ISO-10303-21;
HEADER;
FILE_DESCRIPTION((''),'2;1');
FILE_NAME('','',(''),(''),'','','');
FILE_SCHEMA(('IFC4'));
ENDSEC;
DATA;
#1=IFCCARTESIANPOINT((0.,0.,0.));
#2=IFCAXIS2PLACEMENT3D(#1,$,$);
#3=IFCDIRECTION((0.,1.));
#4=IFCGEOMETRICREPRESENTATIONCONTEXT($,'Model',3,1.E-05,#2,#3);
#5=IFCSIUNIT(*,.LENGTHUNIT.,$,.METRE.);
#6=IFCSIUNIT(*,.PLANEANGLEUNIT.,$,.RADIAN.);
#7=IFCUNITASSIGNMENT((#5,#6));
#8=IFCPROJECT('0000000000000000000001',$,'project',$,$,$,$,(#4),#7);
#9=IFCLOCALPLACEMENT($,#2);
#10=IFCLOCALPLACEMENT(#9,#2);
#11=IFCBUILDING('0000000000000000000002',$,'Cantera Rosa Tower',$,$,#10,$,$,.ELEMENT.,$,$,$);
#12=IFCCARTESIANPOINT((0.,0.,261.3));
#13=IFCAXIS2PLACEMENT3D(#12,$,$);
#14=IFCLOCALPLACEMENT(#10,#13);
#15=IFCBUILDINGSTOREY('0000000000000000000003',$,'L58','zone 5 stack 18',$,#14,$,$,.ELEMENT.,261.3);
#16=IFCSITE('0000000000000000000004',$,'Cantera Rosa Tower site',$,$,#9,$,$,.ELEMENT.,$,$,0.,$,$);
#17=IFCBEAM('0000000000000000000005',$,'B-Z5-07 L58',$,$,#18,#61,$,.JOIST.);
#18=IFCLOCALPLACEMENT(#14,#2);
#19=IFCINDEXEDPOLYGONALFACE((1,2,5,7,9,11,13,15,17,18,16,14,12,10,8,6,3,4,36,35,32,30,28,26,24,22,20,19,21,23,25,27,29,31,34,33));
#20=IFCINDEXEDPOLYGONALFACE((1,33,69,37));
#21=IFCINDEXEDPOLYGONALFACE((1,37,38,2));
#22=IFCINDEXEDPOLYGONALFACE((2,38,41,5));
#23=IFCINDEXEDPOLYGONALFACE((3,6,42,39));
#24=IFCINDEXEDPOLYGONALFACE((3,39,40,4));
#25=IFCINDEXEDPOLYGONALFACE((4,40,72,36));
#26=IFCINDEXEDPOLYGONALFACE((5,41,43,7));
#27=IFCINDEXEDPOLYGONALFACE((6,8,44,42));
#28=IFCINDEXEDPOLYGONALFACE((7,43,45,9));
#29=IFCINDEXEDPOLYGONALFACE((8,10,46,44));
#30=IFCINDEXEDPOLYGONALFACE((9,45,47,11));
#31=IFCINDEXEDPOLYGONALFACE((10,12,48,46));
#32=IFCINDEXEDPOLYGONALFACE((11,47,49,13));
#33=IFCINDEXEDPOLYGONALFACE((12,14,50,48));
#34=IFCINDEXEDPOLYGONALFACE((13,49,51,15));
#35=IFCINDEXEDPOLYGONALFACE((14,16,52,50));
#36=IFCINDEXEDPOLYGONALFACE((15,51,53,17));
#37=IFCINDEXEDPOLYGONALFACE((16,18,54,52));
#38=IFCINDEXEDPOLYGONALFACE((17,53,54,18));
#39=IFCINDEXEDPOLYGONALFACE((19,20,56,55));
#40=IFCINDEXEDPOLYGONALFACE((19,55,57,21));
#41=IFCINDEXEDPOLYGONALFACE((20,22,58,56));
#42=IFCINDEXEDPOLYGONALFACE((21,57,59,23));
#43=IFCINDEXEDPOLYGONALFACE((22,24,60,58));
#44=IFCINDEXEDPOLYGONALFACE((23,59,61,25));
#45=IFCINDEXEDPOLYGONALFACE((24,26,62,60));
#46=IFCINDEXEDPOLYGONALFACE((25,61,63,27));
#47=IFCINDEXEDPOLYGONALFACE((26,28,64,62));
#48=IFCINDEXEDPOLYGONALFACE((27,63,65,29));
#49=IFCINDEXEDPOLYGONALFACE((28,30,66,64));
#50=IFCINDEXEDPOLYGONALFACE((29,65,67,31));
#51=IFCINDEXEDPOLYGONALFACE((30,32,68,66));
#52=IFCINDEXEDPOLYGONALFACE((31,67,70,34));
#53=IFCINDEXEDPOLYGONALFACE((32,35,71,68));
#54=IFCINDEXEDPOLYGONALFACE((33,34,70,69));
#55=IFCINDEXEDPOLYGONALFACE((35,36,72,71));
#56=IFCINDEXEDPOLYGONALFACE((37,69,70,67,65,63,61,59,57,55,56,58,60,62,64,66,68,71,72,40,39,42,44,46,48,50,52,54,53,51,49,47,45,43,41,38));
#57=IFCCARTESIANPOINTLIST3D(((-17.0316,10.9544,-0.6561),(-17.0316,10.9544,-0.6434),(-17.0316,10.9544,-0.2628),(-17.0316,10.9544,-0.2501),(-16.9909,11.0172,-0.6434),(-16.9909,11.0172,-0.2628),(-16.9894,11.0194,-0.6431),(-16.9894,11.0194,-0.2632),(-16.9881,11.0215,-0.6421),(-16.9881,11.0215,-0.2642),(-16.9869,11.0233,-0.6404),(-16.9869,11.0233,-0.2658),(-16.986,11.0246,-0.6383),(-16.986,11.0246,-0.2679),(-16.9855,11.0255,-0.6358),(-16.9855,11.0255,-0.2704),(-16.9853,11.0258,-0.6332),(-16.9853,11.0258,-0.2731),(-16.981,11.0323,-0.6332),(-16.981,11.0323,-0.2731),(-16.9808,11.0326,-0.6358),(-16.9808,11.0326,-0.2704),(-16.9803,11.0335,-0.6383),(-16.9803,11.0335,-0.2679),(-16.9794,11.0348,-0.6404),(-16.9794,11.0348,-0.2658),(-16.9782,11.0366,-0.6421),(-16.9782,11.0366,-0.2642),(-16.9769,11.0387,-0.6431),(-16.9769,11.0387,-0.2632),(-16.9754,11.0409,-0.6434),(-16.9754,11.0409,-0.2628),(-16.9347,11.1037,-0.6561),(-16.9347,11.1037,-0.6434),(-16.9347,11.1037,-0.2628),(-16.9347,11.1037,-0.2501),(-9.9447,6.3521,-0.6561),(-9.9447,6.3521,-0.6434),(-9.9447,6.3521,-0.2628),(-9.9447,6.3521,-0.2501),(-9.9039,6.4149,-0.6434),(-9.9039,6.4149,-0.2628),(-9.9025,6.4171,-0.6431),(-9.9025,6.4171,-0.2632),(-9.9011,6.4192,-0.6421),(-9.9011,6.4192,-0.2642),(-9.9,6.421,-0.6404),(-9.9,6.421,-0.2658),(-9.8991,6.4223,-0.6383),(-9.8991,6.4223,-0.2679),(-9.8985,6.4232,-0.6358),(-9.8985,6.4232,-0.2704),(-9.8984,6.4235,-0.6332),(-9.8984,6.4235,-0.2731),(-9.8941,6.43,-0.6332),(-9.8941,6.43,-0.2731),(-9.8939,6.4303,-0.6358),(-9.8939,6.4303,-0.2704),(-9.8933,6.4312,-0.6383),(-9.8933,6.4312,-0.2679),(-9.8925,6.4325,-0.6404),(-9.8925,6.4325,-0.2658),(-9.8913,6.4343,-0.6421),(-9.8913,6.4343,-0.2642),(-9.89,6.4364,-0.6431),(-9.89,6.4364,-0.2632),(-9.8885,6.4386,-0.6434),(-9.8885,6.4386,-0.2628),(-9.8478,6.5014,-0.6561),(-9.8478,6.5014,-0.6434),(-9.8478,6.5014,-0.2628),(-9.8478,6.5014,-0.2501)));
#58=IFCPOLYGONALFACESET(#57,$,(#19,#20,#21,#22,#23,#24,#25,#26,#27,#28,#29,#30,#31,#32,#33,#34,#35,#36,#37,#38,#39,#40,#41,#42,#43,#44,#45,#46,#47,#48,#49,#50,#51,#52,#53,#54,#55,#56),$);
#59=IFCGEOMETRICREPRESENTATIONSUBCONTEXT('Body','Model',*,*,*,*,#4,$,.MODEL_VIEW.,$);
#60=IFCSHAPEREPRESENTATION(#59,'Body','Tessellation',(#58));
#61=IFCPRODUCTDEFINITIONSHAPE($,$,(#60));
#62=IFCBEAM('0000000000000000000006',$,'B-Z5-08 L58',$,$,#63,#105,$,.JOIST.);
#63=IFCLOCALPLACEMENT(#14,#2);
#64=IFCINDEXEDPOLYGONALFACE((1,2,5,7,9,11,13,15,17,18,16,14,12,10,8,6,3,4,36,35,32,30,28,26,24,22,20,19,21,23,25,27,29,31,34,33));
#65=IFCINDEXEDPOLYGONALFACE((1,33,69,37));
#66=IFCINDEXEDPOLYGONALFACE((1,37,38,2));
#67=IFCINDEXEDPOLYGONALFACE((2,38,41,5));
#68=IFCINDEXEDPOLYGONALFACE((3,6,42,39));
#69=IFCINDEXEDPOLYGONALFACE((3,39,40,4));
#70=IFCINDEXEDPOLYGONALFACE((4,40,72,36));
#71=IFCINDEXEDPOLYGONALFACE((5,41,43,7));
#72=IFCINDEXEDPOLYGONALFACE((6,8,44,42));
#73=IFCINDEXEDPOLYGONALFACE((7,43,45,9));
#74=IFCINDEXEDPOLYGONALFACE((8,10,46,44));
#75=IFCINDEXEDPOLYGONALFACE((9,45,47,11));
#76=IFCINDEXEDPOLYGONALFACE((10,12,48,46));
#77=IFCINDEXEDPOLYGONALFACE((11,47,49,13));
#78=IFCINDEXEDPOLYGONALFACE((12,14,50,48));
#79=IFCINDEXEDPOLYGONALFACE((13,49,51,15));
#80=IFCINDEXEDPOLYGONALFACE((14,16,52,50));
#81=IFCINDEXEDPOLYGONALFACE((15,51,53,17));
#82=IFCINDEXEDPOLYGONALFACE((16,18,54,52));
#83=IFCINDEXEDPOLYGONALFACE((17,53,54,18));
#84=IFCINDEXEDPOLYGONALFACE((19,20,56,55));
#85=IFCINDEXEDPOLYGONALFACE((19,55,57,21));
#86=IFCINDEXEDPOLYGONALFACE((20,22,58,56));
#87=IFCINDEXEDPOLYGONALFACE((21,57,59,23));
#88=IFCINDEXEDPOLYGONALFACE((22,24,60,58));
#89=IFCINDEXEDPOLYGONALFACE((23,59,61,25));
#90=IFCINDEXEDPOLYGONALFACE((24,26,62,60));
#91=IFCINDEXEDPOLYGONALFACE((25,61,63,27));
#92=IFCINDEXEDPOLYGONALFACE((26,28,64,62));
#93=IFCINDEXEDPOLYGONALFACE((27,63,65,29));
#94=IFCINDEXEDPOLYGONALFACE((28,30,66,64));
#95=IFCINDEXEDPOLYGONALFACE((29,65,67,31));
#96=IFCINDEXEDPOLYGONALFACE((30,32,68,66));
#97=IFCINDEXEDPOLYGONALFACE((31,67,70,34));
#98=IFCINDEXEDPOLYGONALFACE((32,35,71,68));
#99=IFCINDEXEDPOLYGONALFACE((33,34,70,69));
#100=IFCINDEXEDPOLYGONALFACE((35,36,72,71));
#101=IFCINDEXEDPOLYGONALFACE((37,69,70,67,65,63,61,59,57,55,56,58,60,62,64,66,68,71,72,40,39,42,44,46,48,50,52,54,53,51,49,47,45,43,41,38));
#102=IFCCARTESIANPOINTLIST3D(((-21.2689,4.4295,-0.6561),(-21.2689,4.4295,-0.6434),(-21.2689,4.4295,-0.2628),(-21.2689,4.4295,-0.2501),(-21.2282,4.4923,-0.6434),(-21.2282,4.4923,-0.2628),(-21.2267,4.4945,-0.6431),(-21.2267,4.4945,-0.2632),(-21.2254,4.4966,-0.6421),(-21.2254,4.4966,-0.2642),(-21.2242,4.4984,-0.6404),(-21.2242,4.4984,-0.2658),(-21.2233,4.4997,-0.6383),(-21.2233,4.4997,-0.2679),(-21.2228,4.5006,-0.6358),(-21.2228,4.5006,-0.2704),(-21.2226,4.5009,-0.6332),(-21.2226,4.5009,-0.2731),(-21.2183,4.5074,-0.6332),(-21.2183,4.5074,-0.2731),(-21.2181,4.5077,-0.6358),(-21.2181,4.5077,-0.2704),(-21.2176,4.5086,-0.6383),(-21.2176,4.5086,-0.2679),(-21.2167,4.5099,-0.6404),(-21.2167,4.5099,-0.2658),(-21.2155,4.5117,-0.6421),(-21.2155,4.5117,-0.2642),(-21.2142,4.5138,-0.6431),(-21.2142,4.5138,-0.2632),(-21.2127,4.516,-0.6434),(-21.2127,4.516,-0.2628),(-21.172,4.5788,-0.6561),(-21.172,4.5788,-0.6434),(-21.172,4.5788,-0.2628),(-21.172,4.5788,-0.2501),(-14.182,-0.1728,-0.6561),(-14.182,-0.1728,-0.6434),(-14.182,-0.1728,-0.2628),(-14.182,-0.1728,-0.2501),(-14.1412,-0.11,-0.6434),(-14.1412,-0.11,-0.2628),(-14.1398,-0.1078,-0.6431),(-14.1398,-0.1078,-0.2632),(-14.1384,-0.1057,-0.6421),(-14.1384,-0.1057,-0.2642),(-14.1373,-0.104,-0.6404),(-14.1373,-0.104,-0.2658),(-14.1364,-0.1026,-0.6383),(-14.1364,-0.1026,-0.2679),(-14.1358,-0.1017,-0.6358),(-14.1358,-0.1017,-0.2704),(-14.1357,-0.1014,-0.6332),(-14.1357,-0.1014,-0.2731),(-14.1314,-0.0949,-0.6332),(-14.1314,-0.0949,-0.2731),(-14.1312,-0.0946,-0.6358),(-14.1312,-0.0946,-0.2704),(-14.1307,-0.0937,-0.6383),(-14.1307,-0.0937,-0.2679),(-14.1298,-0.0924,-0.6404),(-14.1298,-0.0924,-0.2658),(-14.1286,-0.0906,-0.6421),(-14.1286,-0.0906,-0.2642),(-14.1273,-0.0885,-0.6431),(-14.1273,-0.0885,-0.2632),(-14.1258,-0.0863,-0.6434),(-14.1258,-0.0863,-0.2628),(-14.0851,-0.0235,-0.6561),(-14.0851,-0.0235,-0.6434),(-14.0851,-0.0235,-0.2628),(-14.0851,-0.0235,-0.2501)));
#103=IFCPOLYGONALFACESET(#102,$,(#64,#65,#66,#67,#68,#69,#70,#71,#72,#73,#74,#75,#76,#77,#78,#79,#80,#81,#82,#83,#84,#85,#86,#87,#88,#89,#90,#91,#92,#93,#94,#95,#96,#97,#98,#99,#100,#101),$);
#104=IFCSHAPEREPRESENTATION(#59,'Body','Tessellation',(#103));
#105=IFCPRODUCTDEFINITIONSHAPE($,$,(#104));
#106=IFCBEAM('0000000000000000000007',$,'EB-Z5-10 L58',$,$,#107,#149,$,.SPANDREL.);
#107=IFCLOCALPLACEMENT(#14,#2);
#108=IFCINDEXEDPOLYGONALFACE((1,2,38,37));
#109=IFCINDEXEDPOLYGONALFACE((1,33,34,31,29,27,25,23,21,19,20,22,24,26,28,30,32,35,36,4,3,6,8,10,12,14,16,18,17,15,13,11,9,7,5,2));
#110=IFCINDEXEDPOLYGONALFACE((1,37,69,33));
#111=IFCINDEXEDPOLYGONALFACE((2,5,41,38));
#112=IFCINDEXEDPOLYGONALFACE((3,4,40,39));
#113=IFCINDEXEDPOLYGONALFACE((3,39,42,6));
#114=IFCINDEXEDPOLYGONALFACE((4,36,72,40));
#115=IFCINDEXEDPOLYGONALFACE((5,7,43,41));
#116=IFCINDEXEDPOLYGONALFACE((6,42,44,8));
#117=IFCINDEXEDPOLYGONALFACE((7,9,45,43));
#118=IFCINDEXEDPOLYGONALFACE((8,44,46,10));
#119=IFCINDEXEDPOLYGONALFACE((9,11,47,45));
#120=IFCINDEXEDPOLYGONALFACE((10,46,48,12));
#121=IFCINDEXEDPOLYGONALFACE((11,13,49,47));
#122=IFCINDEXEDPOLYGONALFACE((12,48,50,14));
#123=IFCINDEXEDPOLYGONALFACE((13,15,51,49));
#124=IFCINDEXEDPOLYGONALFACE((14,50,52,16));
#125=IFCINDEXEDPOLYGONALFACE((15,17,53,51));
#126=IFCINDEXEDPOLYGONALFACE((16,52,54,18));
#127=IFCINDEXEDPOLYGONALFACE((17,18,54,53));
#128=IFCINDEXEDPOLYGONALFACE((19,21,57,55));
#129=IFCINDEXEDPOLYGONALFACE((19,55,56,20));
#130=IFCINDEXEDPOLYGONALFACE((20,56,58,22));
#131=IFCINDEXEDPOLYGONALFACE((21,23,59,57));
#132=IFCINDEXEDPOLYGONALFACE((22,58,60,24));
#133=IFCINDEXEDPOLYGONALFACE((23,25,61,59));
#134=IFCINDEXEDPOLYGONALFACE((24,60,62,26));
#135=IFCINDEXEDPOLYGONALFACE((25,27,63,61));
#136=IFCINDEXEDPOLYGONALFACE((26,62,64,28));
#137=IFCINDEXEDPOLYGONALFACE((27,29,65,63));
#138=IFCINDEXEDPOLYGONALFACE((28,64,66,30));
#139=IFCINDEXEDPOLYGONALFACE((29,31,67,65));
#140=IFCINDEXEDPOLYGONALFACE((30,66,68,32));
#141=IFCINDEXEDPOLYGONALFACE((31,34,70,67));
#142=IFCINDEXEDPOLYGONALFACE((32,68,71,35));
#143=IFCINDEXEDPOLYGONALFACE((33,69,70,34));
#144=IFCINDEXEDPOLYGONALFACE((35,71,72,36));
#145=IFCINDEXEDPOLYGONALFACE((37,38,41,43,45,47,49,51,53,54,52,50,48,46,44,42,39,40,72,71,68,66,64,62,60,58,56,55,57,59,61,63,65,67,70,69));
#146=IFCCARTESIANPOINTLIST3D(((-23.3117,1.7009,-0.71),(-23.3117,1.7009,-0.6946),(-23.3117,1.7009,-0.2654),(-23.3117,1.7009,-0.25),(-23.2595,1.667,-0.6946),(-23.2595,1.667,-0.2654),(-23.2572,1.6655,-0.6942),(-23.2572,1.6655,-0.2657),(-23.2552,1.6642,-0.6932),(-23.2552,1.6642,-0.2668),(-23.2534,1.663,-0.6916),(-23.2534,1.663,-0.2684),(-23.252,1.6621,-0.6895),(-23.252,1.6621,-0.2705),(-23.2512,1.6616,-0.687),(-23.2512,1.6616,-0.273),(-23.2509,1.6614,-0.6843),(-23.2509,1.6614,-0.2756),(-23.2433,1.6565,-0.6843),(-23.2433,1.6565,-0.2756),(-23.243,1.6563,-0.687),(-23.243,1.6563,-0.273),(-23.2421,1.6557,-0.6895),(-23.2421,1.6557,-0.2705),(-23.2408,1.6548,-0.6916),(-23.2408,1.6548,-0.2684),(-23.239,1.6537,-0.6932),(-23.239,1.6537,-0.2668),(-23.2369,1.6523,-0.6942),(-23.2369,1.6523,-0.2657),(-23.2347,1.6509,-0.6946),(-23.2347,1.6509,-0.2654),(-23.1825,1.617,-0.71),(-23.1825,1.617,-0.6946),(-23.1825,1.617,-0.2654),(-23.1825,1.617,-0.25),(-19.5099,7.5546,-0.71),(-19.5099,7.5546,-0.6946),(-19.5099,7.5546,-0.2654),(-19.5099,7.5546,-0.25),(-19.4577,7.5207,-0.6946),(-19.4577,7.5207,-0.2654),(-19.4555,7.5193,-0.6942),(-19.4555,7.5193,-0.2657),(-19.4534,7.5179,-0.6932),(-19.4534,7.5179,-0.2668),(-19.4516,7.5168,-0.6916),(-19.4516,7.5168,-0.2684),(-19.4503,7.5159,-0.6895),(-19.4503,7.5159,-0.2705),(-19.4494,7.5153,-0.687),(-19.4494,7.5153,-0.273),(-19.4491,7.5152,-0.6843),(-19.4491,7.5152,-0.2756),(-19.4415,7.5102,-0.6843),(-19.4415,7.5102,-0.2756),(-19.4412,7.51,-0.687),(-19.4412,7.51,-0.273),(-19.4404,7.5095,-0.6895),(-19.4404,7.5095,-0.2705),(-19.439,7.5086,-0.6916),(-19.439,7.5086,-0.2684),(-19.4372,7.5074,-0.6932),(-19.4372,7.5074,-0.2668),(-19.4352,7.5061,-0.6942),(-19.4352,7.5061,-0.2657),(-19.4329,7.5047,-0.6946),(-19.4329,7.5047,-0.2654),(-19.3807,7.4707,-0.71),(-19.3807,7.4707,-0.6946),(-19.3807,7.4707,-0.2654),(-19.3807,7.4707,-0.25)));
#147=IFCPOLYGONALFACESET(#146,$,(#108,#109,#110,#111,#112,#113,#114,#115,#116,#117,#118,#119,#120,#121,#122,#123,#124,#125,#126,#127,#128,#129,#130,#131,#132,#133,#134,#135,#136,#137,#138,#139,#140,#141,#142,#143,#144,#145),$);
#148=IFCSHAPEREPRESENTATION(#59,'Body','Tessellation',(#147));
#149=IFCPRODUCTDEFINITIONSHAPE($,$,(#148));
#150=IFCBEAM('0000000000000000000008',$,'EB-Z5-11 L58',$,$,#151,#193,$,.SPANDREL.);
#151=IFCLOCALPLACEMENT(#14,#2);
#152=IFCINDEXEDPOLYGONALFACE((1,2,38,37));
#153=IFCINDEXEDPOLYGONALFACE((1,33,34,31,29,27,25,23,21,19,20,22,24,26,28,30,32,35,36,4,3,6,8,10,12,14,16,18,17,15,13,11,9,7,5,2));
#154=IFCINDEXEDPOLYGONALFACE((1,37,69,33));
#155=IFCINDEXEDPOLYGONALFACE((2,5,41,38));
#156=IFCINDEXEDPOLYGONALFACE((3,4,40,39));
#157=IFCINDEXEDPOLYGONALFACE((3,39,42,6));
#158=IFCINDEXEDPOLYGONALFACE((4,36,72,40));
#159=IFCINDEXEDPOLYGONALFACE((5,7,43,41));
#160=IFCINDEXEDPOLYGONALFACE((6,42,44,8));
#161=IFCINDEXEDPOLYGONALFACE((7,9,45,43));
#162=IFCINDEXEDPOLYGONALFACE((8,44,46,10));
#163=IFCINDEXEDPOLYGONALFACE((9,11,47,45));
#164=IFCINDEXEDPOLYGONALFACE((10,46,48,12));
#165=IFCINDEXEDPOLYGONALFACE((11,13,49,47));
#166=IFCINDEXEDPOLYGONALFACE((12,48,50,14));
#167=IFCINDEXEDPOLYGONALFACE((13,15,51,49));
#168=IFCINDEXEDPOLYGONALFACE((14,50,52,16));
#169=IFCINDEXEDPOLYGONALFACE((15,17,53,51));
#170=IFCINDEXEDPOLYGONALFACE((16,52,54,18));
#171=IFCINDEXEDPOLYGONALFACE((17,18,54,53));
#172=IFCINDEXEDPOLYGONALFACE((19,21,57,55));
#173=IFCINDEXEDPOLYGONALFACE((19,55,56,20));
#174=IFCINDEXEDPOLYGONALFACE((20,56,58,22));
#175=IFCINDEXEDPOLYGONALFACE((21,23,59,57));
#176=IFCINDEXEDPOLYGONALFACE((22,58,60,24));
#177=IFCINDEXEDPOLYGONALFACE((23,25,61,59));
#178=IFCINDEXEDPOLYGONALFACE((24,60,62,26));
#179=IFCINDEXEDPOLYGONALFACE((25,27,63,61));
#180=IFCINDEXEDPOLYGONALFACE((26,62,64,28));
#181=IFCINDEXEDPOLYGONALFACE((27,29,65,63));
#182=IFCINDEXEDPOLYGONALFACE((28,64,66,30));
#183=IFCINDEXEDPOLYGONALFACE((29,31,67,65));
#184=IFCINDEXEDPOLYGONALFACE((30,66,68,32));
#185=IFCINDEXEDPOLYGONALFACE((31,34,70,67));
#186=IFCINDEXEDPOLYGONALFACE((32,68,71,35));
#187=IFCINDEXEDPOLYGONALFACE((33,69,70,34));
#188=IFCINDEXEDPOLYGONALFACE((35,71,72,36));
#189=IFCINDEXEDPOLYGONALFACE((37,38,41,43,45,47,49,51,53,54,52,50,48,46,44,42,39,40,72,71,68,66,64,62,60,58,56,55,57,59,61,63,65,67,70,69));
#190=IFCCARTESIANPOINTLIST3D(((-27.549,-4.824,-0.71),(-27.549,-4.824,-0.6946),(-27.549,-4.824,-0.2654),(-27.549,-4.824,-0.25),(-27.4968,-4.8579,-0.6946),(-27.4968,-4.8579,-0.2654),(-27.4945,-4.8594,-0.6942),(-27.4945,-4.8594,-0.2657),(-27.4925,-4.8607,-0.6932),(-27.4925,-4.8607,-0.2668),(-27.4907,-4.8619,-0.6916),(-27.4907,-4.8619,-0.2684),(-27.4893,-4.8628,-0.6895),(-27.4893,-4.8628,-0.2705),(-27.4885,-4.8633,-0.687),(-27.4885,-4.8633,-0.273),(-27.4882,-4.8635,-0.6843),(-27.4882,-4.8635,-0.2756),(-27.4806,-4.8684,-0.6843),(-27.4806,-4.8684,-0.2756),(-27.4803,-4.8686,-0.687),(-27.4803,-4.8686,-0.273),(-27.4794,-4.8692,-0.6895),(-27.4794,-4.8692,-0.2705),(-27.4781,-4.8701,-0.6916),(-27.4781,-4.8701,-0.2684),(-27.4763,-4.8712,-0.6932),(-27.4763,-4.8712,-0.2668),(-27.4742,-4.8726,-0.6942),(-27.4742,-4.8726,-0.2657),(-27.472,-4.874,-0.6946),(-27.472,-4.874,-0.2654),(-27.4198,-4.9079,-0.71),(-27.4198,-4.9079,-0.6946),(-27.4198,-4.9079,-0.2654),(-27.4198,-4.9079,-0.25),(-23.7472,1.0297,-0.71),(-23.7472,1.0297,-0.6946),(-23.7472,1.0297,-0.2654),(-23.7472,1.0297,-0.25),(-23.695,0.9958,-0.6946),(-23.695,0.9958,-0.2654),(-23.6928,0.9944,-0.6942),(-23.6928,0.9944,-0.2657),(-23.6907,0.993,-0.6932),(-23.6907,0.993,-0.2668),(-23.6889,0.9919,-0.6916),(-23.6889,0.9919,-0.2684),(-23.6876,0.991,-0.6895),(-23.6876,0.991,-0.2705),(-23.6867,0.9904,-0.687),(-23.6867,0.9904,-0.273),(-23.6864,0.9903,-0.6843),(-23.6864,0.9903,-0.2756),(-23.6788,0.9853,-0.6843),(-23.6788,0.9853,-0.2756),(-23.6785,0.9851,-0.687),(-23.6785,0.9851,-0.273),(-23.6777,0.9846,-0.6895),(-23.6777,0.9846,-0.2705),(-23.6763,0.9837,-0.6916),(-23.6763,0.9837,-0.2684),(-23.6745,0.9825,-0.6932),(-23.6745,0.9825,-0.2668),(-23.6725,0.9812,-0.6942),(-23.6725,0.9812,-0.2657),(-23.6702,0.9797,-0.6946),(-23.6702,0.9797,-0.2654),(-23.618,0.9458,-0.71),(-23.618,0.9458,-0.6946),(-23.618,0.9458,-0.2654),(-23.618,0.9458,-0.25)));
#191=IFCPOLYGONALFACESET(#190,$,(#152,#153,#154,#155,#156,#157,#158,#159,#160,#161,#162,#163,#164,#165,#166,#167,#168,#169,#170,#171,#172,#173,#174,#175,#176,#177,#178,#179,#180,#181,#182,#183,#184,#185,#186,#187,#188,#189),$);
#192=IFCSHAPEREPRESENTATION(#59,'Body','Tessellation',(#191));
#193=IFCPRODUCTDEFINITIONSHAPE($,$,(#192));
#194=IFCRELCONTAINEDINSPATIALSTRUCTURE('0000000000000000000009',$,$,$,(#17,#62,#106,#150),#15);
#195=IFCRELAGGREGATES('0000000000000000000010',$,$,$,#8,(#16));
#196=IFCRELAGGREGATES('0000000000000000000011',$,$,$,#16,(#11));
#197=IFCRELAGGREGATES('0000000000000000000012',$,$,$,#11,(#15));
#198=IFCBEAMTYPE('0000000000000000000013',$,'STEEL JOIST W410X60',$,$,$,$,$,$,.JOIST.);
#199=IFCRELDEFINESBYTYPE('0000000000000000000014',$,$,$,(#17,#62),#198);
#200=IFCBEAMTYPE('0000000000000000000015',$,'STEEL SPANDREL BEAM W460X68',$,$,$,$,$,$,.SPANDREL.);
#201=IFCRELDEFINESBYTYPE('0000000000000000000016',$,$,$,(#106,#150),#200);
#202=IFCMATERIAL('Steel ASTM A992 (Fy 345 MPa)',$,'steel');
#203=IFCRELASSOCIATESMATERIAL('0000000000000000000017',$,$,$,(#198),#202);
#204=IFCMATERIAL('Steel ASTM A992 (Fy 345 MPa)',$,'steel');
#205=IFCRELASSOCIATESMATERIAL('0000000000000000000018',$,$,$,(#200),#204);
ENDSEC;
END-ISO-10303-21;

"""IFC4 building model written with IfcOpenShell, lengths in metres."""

from ifc_helpers import new_model, si_unit, direction, frame, origin, origin_2d, place, context, subcontext, project, spatial, i_section, extrude, material, material_profile, profile_set, type_object, element, save


model = new_model("IFC4")

# Units and contexts
model_context = context("Model", 3, precision=1e-05, world=origin(), true_north=direction((0.0, 1.0)))
body_context = subcontext(model_context, "Body", "Model", "MODEL_VIEW")
ifc_project = project(units=[si_unit("LENGTHUNIT", "METRE"), si_unit("PLANEANGLEUNIT", "RADIAN")], contexts=[model_context])

# Site, building, storey
site_placement = place(None, origin())
site = spatial("IfcSite", under=ifc_project, at=site_placement, Name="Cantera Rosa Tower site", CompositionType="ELEMENT", RefElevation=0.0)
building_placement = place(site_placement, origin())
building = spatial("IfcBuilding", under=site, at=building_placement, Name="Cantera Rosa Tower", CompositionType="ELEMENT")
storey_placement = place(building_placement, frame((0.0, 0.0, 261.3)))
storey = spatial("IfcBuildingStorey", under=building, at=storey_placement, Name="L58", Description="zone 5 stack 18", CompositionType="ELEMENT", Elevation=261.3)

# Beams
ifc_material_1 = material(Name="Steel ASTM A992 (Fy 345 MPa)", Category="steel")
ifc_material_profile_1 = material_profile(ifc_material_1, i_section(OverallWidth=0.178, OverallDepth=0.406, WebThickness=0.0078, FlangeThickness=0.0127, FilletRadius=0.0103, at=origin_2d()), Name="W410X60")
ifc_profile_set_1 = profile_set([ifc_material_profile_1], Name="Steel ASTM A992 (Fy 345 MPa)")
beam_type_1 = type_object("IfcBeamType", Name="STEEL JOIST W410X60", PredefinedType="JOIST", material=ifc_profile_set_1)
for number, where, z_axis, x_axis, name in (
    (1, (-16.9832, 11.0291, -0.4531), (0.838671, -0.544639, 0.0), (0.544639, 0.838671, 0.0), "B-Z5-07 L58"),
    (2, (-21.2205, 4.5042, -0.4531), (0.838671, -0.544639, 0.0), (0.544639, 0.838671, 0.0), "B-Z5-08 L58"),
):
    element("IfcBeam", number, at=place(storey_placement, frame(where, z_axis=z_axis, x_axis=x_axis)), inside=storey, type_object=beam_type_1, Name=name, PredefinedType="JOIST", context=body_context, shape_type="SweptSolid", body=[
        extrude(i_section(OverallWidth=0.178, OverallDepth=0.406, WebThickness=0.0078, FlangeThickness=0.0127, FilletRadius=0.0103, at=origin_2d()), origin(), (0.0, 0.0, 1.0), 8.4502),
    ])
ifc_material_2 = material(Name="Steel ASTM A992 (Fy 345 MPa)", Category="steel")
ifc_material_profile_2 = material_profile(ifc_material_2, i_section(OverallWidth=0.1541, OverallDepth=0.46, WebThickness=0.009, FlangeThickness=0.0154, FilletRadius=0.0103, at=origin_2d()), Name="W460X68")
ifc_profile_set_2 = profile_set([ifc_material_profile_2], Name="Steel ASTM A992 (Fy 345 MPa)")
beam_type_2 = type_object("IfcBeamType", Name="STEEL SPANDREL BEAM W460X68", PredefinedType="SPANDREL", material=ifc_profile_set_2)
for number, where, z_axis, x_axis, name in (
    (3, (-19.4453, 7.5127, -0.48), (-0.544667, -0.838652, 0.0), (0.838652, -0.544667, 0.0), "EB-Z5-10 L58"),
    (4, (-23.6826, 0.9878, -0.48), (-0.544667, -0.838652, 0.0), (0.838652, -0.544667, 0.0), "EB-Z5-11 L58"),
):
    element("IfcBeam", number, at=place(storey_placement, frame(where, z_axis=z_axis, x_axis=x_axis)), inside=storey, type_object=beam_type_2, Name=name, PredefinedType="SPANDREL", context=body_context, shape_type="SweptSolid", body=[
        extrude(i_section(OverallWidth=0.1541, OverallDepth=0.46, WebThickness=0.009, FlangeThickness=0.0154, FilletRadius=0.0103, at=origin_2d()), origin(), (0.0, 0.0, 1.0), 6.98),
    ])

save(model, "model.ifc")
